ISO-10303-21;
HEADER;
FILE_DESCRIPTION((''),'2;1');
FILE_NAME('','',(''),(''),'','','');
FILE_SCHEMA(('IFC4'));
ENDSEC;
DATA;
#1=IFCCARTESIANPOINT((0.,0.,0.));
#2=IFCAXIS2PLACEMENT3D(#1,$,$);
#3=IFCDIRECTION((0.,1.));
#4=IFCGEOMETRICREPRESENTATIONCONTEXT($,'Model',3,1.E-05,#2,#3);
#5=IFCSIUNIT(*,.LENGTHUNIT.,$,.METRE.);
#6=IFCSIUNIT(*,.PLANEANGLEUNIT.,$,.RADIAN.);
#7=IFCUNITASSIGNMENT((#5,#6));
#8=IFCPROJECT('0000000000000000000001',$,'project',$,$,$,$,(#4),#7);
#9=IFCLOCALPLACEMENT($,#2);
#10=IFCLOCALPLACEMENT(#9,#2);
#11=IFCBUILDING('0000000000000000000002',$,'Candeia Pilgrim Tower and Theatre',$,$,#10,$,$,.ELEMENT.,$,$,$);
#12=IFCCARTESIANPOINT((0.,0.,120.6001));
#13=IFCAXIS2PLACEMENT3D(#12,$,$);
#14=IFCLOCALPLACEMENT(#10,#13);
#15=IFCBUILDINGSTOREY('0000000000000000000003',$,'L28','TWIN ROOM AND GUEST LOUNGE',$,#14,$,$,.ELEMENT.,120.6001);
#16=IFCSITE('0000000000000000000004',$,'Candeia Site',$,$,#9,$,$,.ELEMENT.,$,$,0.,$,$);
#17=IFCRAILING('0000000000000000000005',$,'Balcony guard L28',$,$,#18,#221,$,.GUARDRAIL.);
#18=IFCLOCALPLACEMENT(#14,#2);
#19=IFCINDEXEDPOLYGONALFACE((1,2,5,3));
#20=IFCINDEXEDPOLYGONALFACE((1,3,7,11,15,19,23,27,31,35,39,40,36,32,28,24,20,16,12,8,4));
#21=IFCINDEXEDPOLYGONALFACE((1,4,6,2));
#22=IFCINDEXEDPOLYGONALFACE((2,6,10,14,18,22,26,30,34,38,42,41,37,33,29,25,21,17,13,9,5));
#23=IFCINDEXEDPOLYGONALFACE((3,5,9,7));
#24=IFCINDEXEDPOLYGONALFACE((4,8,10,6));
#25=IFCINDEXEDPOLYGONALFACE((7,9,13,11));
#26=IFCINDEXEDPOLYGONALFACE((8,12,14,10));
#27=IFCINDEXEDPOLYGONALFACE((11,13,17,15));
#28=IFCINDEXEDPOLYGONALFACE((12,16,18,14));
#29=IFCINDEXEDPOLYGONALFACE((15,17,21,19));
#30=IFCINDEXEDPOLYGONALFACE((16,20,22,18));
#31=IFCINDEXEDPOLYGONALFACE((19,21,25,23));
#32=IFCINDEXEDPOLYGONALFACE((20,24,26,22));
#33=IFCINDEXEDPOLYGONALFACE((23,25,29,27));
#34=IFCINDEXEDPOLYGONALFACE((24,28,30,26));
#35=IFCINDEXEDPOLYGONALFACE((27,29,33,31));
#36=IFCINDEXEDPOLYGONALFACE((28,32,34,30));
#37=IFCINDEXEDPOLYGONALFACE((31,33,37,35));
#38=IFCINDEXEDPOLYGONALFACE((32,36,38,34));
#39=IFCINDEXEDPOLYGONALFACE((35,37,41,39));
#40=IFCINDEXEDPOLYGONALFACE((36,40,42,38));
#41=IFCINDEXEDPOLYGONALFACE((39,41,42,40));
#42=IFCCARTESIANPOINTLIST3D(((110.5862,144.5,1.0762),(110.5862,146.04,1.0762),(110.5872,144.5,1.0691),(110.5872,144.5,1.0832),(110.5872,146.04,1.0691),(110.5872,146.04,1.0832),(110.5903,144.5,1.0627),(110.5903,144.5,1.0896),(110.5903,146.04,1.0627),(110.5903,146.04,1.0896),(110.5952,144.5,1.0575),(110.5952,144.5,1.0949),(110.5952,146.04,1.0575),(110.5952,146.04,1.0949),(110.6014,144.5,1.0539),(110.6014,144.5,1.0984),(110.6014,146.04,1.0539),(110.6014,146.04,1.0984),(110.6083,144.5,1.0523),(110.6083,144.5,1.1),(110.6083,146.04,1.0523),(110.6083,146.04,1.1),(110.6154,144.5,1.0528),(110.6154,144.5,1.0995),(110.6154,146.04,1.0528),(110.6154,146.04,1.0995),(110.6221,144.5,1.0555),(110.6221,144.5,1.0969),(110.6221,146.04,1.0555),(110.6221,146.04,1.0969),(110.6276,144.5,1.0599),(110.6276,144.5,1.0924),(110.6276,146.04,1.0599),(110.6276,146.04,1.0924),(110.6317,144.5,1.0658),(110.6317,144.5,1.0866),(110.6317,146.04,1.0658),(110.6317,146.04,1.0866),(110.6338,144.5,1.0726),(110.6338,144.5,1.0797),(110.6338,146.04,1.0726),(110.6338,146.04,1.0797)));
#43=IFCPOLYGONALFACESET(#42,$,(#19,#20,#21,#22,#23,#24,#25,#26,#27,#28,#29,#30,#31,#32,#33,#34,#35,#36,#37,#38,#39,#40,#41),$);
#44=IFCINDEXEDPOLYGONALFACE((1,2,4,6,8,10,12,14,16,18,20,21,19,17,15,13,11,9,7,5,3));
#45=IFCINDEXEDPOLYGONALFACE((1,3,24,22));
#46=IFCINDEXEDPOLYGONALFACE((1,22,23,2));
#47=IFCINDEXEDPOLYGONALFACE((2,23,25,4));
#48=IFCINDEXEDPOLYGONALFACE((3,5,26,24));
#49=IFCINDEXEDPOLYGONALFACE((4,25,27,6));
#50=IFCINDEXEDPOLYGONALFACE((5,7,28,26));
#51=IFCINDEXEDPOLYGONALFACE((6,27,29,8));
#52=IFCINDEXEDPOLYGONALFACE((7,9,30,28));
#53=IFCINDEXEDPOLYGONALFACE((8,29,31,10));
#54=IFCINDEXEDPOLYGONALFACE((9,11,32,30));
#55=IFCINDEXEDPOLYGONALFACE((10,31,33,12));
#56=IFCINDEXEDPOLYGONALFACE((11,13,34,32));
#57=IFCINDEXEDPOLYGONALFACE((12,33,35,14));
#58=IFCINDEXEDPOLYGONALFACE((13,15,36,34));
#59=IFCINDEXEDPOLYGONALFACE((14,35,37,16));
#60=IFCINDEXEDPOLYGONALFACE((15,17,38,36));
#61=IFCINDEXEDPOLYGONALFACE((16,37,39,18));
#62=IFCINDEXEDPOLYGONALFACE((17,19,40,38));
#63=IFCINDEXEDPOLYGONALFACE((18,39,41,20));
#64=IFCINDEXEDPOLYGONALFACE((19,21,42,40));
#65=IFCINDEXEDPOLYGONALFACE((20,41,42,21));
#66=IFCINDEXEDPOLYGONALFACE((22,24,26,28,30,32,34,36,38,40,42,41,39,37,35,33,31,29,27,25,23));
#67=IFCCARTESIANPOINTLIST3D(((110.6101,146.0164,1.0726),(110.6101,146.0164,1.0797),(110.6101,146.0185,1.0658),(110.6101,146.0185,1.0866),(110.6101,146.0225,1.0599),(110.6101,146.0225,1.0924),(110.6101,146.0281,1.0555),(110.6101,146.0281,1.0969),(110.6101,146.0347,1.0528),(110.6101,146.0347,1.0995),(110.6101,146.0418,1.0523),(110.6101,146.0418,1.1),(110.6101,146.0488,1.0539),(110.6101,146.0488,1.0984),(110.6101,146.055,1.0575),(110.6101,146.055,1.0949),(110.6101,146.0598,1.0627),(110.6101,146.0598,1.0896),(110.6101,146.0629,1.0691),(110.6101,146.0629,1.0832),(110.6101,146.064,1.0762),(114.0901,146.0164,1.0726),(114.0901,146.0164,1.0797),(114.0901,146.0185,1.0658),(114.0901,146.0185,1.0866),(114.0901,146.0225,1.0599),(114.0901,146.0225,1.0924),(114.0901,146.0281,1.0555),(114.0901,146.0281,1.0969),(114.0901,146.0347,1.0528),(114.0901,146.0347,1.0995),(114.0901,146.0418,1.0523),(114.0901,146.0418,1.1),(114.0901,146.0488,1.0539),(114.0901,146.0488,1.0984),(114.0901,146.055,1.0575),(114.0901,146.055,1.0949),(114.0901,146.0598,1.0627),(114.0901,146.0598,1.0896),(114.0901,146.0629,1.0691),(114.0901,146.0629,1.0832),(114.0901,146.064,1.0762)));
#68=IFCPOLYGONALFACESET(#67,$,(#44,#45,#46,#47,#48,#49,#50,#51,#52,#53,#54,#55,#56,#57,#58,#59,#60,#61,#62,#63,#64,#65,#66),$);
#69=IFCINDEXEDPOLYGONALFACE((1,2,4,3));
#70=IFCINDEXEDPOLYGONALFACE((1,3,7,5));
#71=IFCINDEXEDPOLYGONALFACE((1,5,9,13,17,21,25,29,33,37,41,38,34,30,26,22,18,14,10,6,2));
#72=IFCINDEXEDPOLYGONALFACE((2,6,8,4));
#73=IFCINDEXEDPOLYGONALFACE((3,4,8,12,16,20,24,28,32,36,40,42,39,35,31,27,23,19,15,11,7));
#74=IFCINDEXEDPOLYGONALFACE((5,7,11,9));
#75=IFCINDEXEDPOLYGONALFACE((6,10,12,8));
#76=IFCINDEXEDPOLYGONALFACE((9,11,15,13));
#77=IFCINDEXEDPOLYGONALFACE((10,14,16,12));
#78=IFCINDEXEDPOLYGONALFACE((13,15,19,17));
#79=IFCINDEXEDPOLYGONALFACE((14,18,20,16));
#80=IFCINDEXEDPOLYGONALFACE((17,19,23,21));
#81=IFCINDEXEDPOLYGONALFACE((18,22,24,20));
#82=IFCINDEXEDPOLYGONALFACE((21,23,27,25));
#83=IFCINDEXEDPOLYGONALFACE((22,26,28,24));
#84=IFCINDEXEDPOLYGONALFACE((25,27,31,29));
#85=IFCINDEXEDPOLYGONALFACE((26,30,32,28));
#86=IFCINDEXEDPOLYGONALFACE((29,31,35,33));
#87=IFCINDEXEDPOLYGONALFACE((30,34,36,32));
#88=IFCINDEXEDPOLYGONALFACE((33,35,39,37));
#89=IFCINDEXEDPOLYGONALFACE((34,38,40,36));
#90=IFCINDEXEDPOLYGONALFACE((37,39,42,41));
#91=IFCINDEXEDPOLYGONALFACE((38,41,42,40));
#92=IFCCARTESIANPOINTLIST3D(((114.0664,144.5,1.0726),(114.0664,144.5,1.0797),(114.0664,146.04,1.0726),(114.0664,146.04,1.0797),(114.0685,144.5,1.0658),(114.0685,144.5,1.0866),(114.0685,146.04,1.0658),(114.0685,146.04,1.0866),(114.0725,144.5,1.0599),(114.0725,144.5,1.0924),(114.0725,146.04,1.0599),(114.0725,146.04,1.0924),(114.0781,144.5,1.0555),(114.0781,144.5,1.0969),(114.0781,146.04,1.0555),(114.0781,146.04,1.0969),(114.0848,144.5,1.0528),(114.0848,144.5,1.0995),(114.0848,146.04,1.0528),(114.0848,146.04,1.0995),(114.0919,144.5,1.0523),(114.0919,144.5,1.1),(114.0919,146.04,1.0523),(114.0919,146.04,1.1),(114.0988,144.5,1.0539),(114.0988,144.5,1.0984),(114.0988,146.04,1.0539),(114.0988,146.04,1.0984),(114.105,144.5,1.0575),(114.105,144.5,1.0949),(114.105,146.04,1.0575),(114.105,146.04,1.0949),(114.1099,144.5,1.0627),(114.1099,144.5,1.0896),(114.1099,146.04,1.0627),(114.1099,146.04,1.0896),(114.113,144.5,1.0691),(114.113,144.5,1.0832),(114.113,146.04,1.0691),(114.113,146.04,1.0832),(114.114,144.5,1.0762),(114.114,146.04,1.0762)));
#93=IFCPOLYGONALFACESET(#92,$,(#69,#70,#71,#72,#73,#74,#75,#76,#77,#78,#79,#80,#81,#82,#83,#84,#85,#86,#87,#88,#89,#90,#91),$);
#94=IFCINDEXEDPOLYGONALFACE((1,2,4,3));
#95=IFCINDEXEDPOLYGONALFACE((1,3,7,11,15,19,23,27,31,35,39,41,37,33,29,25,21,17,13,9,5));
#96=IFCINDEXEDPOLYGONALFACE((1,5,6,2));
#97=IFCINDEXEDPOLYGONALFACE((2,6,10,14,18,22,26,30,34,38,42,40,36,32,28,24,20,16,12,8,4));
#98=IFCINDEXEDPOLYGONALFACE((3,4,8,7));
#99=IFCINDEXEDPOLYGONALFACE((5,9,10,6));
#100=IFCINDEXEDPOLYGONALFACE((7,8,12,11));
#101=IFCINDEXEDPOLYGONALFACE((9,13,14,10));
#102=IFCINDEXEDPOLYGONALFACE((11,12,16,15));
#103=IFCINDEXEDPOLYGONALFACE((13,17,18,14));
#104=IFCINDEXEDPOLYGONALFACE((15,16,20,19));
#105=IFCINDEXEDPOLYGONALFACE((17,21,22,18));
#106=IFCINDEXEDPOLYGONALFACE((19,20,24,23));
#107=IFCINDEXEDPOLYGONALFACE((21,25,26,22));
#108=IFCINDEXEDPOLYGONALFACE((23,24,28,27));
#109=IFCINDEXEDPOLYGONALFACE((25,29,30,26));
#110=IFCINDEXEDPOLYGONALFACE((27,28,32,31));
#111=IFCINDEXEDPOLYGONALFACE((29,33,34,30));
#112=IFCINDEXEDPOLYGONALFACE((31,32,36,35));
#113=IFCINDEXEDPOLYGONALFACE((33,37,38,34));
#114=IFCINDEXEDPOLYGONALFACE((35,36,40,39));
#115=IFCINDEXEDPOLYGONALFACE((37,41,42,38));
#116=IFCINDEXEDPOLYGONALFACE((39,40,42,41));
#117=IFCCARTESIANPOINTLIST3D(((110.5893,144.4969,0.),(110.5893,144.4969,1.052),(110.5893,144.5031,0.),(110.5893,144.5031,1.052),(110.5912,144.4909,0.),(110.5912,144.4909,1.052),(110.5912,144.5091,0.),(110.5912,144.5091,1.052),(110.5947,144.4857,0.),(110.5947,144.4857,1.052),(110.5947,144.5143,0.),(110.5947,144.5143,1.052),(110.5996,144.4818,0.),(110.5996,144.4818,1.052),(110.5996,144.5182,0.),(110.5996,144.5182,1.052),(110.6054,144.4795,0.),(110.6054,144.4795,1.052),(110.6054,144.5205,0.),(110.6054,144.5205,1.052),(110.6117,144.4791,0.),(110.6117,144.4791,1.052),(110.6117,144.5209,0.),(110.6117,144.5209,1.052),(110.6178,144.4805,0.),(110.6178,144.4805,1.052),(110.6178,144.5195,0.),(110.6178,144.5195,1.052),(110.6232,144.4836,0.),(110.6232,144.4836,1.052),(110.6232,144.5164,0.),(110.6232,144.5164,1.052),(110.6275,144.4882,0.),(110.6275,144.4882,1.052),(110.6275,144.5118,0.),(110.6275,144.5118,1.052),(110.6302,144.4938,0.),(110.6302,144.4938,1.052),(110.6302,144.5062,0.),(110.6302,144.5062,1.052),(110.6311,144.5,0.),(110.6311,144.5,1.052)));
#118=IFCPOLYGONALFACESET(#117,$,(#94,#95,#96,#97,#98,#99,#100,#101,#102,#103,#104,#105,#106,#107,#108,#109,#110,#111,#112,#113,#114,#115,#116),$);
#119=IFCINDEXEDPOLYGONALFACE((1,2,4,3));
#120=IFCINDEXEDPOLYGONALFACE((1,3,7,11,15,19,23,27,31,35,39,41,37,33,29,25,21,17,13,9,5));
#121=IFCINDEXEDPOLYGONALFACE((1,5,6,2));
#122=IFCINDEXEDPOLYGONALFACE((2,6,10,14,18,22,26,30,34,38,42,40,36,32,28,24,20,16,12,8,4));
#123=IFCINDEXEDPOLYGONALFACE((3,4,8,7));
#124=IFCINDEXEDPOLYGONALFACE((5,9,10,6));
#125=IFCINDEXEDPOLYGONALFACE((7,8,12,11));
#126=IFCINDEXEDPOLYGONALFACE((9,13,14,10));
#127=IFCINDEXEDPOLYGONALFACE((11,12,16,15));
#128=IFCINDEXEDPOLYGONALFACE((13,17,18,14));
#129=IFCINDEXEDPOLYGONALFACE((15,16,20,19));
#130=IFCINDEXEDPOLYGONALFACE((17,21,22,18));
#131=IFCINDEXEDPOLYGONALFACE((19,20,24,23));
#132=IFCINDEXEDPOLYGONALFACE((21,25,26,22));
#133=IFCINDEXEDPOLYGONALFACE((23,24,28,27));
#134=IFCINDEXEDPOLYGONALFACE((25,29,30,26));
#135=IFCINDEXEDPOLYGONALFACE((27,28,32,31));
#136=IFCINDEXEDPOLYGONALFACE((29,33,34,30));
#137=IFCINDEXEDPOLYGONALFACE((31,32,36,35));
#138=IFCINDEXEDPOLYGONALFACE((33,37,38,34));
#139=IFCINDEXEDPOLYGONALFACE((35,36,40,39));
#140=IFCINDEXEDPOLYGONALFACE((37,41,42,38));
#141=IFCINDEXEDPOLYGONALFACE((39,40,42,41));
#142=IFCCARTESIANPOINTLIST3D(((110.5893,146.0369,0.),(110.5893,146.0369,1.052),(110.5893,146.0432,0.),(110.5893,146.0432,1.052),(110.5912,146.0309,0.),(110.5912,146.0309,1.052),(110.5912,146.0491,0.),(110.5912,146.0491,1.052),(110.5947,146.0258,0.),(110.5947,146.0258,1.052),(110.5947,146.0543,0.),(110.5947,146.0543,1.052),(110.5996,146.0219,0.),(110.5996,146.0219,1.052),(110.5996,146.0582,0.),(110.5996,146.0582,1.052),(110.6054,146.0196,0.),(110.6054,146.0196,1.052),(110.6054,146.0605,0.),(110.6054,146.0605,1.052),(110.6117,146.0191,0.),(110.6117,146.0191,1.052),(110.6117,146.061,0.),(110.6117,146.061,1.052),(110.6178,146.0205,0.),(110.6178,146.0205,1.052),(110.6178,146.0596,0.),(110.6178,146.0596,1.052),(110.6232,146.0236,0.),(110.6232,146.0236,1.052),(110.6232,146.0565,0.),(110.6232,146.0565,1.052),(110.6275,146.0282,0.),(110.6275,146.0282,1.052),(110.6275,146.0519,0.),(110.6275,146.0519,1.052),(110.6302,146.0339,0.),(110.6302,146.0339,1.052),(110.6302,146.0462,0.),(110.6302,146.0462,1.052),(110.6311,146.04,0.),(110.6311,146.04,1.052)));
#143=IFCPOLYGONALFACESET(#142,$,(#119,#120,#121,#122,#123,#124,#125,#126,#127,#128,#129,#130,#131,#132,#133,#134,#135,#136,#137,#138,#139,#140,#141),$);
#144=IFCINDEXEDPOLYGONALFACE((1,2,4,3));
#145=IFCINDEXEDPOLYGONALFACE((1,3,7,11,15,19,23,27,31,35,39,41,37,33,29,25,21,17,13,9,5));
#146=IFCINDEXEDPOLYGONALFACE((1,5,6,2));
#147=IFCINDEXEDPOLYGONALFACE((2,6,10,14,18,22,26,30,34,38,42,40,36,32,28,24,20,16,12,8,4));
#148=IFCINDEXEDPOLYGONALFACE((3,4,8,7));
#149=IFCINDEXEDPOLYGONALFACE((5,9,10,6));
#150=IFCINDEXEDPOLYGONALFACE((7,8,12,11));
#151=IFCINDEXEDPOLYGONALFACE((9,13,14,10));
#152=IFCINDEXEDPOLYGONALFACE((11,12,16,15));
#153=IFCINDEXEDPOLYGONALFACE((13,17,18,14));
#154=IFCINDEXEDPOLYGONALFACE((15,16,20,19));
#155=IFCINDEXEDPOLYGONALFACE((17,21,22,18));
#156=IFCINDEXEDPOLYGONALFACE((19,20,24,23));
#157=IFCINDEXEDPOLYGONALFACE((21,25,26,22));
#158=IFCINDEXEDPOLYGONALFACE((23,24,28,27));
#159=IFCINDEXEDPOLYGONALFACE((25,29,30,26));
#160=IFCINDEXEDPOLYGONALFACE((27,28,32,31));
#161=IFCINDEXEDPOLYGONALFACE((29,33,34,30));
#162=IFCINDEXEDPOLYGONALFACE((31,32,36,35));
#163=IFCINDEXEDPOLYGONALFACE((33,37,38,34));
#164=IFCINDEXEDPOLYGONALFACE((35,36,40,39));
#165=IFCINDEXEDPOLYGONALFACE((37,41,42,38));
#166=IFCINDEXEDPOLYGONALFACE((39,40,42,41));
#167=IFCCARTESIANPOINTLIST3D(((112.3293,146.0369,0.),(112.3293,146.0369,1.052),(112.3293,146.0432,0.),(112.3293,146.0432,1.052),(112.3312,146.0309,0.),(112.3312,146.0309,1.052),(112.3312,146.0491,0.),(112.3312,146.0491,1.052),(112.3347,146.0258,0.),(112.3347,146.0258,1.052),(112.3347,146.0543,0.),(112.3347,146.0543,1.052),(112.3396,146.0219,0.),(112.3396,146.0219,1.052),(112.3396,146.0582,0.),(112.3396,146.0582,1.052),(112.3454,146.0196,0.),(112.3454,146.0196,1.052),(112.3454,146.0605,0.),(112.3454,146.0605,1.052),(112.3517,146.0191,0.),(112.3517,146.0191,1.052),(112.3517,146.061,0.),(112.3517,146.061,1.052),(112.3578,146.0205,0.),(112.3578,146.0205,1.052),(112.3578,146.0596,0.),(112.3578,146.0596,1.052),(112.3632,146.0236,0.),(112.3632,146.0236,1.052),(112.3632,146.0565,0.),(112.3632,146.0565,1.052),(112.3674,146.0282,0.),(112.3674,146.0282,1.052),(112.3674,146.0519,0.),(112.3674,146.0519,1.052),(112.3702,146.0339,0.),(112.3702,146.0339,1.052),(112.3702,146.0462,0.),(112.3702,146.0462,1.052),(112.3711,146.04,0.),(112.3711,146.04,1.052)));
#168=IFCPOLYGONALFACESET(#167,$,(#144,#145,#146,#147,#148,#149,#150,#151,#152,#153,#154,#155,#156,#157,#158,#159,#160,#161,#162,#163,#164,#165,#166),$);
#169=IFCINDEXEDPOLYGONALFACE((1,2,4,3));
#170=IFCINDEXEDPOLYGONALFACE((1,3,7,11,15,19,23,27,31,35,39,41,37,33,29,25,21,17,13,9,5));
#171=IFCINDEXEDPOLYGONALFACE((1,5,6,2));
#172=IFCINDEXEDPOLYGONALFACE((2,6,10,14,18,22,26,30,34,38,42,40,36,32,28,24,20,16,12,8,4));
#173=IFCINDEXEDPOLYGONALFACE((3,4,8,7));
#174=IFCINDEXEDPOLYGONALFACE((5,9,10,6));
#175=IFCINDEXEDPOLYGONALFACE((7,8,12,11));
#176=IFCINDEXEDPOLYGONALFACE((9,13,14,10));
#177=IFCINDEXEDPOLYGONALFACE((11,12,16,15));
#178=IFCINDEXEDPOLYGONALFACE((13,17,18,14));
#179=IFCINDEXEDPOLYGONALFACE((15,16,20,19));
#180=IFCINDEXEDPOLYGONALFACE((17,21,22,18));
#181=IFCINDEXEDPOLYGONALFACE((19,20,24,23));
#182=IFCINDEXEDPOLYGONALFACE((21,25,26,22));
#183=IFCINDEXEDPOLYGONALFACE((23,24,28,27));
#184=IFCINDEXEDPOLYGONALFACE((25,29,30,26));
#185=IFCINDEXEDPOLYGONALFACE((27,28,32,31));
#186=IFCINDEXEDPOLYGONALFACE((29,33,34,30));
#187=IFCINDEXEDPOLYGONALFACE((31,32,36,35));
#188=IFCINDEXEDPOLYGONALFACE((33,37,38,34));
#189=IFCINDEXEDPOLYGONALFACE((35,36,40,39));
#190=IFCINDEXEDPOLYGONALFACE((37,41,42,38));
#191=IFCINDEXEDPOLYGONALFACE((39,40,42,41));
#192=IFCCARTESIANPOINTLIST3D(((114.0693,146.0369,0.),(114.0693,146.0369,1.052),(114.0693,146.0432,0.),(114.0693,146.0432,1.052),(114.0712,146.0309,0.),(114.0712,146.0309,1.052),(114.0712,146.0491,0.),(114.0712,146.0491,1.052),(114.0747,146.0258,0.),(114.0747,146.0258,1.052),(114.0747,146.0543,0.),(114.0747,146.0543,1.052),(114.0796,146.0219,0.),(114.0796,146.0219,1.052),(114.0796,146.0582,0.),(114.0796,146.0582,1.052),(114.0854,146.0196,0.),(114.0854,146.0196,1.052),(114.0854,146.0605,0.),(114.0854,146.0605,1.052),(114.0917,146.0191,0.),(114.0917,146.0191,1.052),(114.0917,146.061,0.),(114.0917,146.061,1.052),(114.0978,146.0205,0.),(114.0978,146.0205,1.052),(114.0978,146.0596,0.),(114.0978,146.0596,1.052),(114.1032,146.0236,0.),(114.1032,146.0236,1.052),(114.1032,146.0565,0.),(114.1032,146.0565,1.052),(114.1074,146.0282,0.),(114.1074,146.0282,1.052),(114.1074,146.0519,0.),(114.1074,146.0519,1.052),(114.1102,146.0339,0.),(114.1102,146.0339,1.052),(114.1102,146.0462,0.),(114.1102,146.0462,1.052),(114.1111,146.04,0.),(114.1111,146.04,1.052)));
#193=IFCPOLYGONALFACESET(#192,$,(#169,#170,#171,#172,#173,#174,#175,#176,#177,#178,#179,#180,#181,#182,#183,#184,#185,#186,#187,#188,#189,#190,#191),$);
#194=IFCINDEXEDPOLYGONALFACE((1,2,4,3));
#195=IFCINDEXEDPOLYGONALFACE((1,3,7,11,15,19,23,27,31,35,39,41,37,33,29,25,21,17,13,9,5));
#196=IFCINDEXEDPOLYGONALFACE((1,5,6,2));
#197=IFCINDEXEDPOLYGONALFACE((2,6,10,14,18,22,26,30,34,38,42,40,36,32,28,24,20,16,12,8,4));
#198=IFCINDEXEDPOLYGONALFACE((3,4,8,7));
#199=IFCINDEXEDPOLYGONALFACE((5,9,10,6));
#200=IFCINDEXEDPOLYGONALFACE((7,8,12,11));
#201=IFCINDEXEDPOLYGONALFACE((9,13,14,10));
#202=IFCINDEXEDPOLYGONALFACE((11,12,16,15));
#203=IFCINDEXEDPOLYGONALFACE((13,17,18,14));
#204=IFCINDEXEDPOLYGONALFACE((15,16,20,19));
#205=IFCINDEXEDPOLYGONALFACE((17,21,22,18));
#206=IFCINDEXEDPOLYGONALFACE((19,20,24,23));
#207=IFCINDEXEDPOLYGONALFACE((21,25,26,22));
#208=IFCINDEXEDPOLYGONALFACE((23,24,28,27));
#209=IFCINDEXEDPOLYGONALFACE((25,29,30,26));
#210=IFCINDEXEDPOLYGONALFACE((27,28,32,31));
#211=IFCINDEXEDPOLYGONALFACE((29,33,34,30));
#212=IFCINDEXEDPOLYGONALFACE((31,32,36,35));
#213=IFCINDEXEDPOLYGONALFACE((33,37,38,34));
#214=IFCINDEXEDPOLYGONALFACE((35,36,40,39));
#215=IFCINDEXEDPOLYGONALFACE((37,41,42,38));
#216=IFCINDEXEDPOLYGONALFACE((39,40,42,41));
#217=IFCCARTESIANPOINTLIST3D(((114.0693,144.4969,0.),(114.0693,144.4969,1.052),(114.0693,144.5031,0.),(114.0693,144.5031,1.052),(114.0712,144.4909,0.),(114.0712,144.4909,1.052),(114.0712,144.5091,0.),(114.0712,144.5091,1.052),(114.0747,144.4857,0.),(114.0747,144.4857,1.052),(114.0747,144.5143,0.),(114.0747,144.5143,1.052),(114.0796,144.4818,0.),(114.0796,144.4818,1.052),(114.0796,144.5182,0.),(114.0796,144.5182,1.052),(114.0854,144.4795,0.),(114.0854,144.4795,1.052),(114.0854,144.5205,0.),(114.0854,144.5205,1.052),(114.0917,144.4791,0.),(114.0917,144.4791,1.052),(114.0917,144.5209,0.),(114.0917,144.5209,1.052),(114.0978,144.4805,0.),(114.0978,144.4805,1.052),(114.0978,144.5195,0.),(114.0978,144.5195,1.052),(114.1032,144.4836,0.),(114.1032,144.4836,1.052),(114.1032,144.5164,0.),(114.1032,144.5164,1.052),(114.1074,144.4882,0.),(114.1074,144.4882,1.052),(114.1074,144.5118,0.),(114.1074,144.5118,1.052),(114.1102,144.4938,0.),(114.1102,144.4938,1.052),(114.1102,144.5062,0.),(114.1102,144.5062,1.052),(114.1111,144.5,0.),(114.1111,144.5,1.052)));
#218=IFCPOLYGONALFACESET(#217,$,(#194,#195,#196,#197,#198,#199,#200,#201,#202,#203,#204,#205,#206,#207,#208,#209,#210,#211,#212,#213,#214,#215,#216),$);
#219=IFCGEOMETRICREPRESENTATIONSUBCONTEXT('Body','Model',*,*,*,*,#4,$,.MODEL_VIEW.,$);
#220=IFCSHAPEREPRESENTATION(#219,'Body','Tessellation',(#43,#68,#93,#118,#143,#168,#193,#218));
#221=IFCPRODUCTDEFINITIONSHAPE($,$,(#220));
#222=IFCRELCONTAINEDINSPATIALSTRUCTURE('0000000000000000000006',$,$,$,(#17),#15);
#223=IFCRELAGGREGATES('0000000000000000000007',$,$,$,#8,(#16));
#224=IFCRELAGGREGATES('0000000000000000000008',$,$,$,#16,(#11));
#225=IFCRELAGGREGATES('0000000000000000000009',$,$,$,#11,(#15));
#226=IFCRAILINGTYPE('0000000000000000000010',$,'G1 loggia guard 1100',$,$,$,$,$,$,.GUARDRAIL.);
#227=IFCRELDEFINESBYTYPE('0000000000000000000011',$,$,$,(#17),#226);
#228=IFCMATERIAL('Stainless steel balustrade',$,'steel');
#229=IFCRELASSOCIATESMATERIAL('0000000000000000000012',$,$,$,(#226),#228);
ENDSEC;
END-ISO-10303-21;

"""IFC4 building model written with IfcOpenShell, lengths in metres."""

from ifc_helpers import new_model, si_unit, direction, frame, origin, origin_2d, place, context, subcontext, project, spatial, circle, extrude, material, type_object, element, save


model = new_model("IFC4")

# Units and contexts
model_context = context("Model", 3, precision=1e-05, world=origin(), true_north=direction((0.0, 1.0)))
body_context = subcontext(model_context, "Body", "Model", "MODEL_VIEW")
ifc_project = project(units=[si_unit("LENGTHUNIT", "METRE"), si_unit("PLANEANGLEUNIT", "RADIAN")], contexts=[model_context])

# Site, building, storey
site_placement = place(None, origin())
site = spatial("IfcSite", under=ifc_project, at=site_placement, Name="Candeia Site", CompositionType="ELEMENT", RefElevation=0.0)
building_placement = place(site_placement, origin())
building = spatial("IfcBuilding", under=site, at=building_placement, Name="Candeia Pilgrim Tower and Theatre", CompositionType="ELEMENT")
storey_placement = place(building_placement, frame((0.0, 0.0, 120.6001)))
storey = spatial("IfcBuildingStorey", under=building, at=storey_placement, Name="L28", Description="TWIN ROOM AND GUEST LOUNGE", CompositionType="ELEMENT", Elevation=120.6001)

# Railing
ifc_material_1 = material(Name="Stainless steel balustrade", Category="steel")
railing_type = type_object("IfcRailingType", Name="G1 loggia guard 1100", PredefinedType="GUARDRAIL", material=ifc_material_1)
railing_placement = place(storey_placement, frame((110.6101, 144.5, 0.0)))
element("IfcRailing", 1, at=railing_placement, inside=storey, type_object=railing_type, Name="Balcony guard L28", PredefinedType="GUARDRAIL", context=body_context, shape_type="SweptSolid", body=[
    extrude(circle(Radius=0.0239, at=origin_2d()), frame((0.0, 0.0, 1.0762), z_axis=(0.0, 1.0, 0.0), x_axis=(-1.0, 0.0, 0.0)), (0.0, 0.0, 1.0), 1.54),
    extrude(circle(Radius=0.0239, at=origin_2d()), frame((0.0, 1.54, 1.0762), z_axis=(1.0, 0.0, 0.0), x_axis=(0.0, 1.0, 0.0)), (0.0, 0.0, 1.0), 3.48),
    extrude(circle(Radius=0.0239, at=origin_2d()), frame((3.48, 1.54, 1.0762), z_axis=(0.0, -1.0, 0.0), x_axis=(1.0, 0.0, 0.0)), (0.0, 0.0, 1.0), 1.54),
    extrude(circle(Radius=0.021, at=origin_2d()), origin(), (0.0, 0.0, 1.0), 1.052),
    extrude(circle(Radius=0.021, at=origin_2d()), frame((0.0, 1.54, 0.0)), (0.0, 0.0, 1.0), 1.052),
    extrude(circle(Radius=0.021, at=origin_2d()), frame((1.74, 1.54, 0.0)), (0.0, 0.0, 1.0), 1.052),
    extrude(circle(Radius=0.021, at=origin_2d()), frame((3.48, 1.54, 0.0)), (0.0, 0.0, 1.0), 1.052),
    extrude(circle(Radius=0.021, at=origin_2d()), frame((3.48, 0.0, 0.0)), (0.0, 0.0, 1.0), 1.052),
])

save(model, "model.ifc")
